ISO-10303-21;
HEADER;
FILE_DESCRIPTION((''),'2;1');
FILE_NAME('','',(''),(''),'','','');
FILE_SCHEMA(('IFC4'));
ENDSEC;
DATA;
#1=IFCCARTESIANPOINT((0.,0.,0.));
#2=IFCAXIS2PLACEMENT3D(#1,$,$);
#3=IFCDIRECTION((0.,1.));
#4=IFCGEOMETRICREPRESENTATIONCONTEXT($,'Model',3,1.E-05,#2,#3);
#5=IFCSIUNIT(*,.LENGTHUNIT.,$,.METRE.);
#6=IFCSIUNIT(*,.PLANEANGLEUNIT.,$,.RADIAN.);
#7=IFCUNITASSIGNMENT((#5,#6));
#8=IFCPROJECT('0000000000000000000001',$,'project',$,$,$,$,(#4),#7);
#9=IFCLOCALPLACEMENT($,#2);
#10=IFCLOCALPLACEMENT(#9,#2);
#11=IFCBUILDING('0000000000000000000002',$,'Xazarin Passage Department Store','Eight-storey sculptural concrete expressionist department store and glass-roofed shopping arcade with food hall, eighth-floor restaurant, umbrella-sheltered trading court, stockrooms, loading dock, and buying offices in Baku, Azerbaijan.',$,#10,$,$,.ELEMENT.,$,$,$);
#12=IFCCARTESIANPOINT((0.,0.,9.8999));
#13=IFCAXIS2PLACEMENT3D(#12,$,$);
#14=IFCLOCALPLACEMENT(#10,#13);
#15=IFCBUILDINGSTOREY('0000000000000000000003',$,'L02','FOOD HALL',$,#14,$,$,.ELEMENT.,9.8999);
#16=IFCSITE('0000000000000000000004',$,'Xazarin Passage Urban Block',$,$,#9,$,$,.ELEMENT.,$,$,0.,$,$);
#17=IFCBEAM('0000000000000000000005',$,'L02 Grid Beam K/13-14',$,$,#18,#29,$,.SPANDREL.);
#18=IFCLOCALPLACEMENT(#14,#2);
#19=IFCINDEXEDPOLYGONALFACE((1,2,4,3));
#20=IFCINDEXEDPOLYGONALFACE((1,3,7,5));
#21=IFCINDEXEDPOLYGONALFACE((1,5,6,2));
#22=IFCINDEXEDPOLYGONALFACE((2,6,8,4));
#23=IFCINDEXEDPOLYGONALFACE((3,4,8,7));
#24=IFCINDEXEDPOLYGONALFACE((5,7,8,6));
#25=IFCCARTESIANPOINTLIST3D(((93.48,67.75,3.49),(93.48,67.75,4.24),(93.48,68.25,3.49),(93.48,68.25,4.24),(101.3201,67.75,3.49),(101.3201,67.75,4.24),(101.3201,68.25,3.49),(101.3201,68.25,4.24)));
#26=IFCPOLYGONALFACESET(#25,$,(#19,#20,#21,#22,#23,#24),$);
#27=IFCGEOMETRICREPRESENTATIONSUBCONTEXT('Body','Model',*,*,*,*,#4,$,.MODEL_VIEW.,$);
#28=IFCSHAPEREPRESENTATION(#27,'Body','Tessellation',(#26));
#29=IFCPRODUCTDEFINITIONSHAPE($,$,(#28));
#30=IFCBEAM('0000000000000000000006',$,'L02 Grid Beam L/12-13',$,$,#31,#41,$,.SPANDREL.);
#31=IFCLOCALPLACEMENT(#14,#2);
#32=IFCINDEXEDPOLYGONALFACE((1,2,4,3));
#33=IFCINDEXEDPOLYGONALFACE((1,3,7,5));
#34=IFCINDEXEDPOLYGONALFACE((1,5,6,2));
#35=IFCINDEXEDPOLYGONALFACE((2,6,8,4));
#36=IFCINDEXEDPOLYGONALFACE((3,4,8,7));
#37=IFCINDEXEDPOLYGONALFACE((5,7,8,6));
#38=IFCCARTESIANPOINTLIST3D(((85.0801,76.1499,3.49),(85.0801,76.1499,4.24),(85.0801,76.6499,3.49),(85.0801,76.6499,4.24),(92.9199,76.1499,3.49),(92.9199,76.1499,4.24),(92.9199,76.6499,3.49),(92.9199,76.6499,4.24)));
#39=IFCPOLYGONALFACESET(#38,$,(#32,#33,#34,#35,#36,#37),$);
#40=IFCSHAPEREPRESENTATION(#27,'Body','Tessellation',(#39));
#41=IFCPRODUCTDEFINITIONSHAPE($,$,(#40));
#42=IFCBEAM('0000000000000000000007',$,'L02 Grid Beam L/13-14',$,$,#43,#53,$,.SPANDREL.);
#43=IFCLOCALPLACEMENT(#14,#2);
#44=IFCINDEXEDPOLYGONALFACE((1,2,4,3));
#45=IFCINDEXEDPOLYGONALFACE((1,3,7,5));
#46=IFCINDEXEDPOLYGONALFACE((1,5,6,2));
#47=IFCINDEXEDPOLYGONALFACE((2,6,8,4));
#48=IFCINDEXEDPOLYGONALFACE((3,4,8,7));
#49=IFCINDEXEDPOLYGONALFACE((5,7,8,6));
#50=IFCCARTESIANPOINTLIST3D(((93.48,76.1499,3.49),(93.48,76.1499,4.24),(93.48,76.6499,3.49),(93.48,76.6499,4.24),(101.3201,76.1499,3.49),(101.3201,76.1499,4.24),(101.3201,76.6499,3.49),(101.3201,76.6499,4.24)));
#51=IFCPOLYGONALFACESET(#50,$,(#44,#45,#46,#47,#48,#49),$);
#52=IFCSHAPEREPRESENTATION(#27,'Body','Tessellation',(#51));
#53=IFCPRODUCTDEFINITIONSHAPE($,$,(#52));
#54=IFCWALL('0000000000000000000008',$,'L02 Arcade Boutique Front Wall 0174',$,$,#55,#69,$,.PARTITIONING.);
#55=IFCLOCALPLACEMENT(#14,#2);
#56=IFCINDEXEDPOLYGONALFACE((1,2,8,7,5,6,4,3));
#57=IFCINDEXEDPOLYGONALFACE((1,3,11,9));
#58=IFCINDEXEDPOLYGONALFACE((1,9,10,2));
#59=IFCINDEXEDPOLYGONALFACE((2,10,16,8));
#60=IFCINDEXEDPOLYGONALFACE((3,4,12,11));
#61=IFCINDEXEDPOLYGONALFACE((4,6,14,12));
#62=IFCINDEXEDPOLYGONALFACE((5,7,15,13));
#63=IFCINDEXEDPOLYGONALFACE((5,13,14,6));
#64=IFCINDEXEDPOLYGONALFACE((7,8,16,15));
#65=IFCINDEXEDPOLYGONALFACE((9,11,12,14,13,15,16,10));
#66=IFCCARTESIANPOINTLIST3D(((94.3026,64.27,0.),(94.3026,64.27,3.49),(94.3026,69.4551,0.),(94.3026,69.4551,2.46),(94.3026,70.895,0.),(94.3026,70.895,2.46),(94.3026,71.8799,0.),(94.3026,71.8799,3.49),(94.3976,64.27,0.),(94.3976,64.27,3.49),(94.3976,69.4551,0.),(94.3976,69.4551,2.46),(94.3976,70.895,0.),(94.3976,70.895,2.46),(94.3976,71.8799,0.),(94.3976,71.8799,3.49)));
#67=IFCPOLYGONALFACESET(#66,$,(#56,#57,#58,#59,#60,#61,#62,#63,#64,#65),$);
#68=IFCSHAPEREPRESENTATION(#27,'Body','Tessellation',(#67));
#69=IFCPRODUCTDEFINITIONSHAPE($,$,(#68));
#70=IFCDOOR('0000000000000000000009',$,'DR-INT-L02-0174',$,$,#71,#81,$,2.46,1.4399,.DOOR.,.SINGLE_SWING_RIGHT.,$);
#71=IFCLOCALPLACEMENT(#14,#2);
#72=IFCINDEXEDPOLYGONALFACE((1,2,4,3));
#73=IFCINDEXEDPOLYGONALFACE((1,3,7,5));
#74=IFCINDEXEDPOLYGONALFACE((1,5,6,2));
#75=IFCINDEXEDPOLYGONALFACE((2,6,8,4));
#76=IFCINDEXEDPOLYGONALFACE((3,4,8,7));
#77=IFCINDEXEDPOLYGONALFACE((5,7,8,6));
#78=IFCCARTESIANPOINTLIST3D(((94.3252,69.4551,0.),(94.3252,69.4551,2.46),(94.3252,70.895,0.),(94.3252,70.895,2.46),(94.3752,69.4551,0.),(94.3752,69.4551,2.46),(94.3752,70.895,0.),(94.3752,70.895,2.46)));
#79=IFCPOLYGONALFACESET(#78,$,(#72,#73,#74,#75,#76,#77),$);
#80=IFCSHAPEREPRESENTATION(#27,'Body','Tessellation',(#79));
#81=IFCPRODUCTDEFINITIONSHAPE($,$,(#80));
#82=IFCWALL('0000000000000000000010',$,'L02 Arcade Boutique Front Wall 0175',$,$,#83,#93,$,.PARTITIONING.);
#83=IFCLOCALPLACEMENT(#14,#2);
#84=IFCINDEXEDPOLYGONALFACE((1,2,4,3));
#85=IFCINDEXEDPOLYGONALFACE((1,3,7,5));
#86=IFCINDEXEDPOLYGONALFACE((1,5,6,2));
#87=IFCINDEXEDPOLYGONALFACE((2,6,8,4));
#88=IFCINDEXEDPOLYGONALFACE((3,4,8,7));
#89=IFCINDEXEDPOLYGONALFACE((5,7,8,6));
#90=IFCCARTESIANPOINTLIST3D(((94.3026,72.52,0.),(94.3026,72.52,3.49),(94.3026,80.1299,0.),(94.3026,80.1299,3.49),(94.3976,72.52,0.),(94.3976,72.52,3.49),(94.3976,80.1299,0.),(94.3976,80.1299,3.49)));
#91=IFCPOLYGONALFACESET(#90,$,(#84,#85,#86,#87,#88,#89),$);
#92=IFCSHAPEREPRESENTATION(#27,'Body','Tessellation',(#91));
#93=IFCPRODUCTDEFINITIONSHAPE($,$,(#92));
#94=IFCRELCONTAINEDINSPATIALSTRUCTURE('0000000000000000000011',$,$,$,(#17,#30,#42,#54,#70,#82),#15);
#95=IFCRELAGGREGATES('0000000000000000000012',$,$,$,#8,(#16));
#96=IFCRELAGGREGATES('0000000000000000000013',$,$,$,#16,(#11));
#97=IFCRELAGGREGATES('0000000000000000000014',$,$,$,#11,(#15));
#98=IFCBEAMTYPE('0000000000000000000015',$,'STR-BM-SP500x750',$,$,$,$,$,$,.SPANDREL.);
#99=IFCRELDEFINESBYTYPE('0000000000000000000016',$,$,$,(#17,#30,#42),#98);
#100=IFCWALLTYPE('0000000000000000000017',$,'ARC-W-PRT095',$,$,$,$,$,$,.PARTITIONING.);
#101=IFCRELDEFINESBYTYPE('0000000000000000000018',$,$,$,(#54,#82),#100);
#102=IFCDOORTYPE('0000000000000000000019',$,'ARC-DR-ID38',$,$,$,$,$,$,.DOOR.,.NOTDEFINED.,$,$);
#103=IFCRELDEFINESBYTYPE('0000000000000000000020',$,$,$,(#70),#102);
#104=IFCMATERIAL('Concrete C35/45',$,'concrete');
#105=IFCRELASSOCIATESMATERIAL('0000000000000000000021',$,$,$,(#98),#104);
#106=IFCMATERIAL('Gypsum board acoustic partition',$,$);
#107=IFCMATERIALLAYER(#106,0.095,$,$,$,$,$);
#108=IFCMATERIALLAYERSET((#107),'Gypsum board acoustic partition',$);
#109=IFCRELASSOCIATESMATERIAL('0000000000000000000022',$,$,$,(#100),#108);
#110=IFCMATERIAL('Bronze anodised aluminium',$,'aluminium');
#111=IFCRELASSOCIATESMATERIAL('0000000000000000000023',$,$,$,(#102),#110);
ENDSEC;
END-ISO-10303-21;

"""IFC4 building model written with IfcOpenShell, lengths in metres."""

from ifc_helpers import new_model, si_unit, direction, frame, frame_2d, origin, origin_2d, place, context, subcontext, project, spatial, rectangle, extrude, material, layer, layer_set, material_profile, profile_set, type_object, element, fill, save


model = new_model("IFC4")

# Units and contexts
model_context = context("Model", 3, precision=1e-05, world=origin(), true_north=direction((0.0, 1.0)))
body_context = subcontext(model_context, "Body", "Model", "MODEL_VIEW")
ifc_project = project(units=[si_unit("LENGTHUNIT", "METRE"), si_unit("PLANEANGLEUNIT", "RADIAN")], contexts=[model_context])

# Site, building, storey
site_placement = place(None, origin())
site = spatial("IfcSite", under=ifc_project, at=site_placement, Name="Xazarin Passage Urban Block", CompositionType="ELEMENT", RefElevation=0.0)
building_placement = place(site_placement, origin())
building = spatial("IfcBuilding", under=site, at=building_placement, Name="Xazarin Passage Department Store", Description="Eight-storey sculptural concrete expressionist department store and glass-roofed shopping arcade with food hall, eighth-floor restaurant, umbrella-sheltered trading court, stockrooms, loading dock, and buying offices in Baku, Azerbaijan.", CompositionType="ELEMENT")
storey_placement = place(building_placement, frame((0.0, 0.0, 9.8999)))
storey = spatial("IfcBuildingStorey", under=building, at=storey_placement, Name="L02", Description="FOOD HALL", CompositionType="ELEMENT", Elevation=9.8999)

# Beams
ifc_material_1 = material(Name="Concrete C35/45", Category="concrete")
ifc_material_profile_1 = material_profile(ifc_material_1, rectangle(XDim=0.5, YDim=0.75, at=origin_2d()), Name="RC 500x750")
ifc_profile_set_1 = profile_set([ifc_material_profile_1], Name="Concrete C35/45")
beam_type_1 = type_object("IfcBeamType", Name="STR-BM-SP500x750", PredefinedType="SPANDREL", material=ifc_profile_set_1)
beam_1_placement = place(storey_placement, frame((93.48, 68.0, 3.865), z_axis=(1.0, 0.0, 0.0), x_axis=(0.0, 1.0, 0.0)))
element("IfcBeam", 1, at=beam_1_placement, inside=storey, type_object=beam_type_1, Name="L02 Grid Beam K/13-14", PredefinedType="SPANDREL", context=body_context, shape_type="SweptSolid", body=[
    extrude(rectangle(XDim=0.5, YDim=0.75, at=origin_2d()), origin(), (0.0, 0.0, 1.0), 7.8401),
])
beam_2_placement = place(storey_placement, frame((85.0801, 76.3999, 3.865), z_axis=(1.0, 0.0, 0.0), x_axis=(0.0, 1.0, 0.0)))
element("IfcBeam", 2, at=beam_2_placement, inside=storey, type_object=beam_type_1, Name="L02 Grid Beam L/12-13", PredefinedType="SPANDREL", context=body_context, shape_type="SweptSolid", body=[
    extrude(rectangle(XDim=0.5, YDim=0.75, at=origin_2d()), origin(), (0.0, 0.0, 1.0), 7.8398),
])
beam_3_placement = place(storey_placement, frame((93.48, 76.3999, 3.865), z_axis=(1.0, 0.0, 0.0), x_axis=(0.0, 1.0, 0.0)))
element("IfcBeam", 3, at=beam_3_placement, inside=storey, type_object=beam_type_1, Name="L02 Grid Beam L/13-14", PredefinedType="SPANDREL", context=body_context, shape_type="SweptSolid", body=[
    extrude(rectangle(XDim=0.5, YDim=0.75, at=origin_2d()), origin(), (0.0, 0.0, 1.0), 7.8401),
])

# Wall, opening, door
ifc_material_2 = material(Name="Gypsum board acoustic partition")
ifc_layer = layer(ifc_material_2, 0.095)
ifc_layer_set = layer_set([ifc_layer], Name="Gypsum board acoustic partition")
wall_type = type_object("IfcWallType", Name="ARC-W-PRT095", PredefinedType="PARTITIONING", material=ifc_layer_set)
wall_1_placement = place(storey_placement, frame((94.3501, 64.27, 0.0), z_axis=(0.0, 0.0, 1.0), x_axis=(0.0, 1.0, 0.0)))
wall_1 = element("IfcWall", 4, at=wall_1_placement, inside=storey, type_object=wall_type, Name="L02 Arcade Boutique Front Wall 0174", PredefinedType="PARTITIONING", context=body_context, shape_type="SweptSolid", body=[
    extrude(rectangle(XDim=7.6099, YDim=0.095, at=frame_2d((3.8049, 0.0))), origin(), (0.0, 0.0, 1.0), 3.49),
])
opening_placement = place(wall_1_placement, frame((5.1851, 0.0, 0.0)))
opening = element("IfcOpeningElement", 5, at=opening_placement, cuts=wall_1, PredefinedType="OPENING", context=body_context, shape_type="SweptSolid", body=[
    extrude(rectangle(XDim=1.4399, YDim=2.46, at=frame_2d((0.72, 1.23))), frame((0.0, 0.0574, 0.0), z_axis=(0.0, -1.0, 0.0), x_axis=(1.0, 0.0, 0.0)), (0.0, 0.0, 1.0), 0.115),
])
ifc_material_3 = material(Name="Bronze anodised aluminium", Category="aluminium")
door_type = type_object("IfcDoorType", Name="ARC-DR-ID38", OperationType="NOTDEFINED", PredefinedType="DOOR", material=ifc_material_3)
door_placement = place(opening_placement, origin())
door = element("IfcDoor", 6, at=door_placement, inside=storey, type_object=door_type, Name="DR-INT-L02-0174", OperationType="SINGLE_SWING_RIGHT", OverallHeight=2.46, OverallWidth=1.4399, PredefinedType="DOOR", context=body_context, shape_type="SweptSolid", body=[
    extrude(rectangle(XDim=1.4399, YDim=2.46, at=frame_2d((0.72, 1.23))), frame((0.0, 0.0249, 0.0), z_axis=(0.0, -1.0, 0.0), x_axis=(1.0, 0.0, 0.0)), (0.0, 0.0, 1.0), 0.05),
])
fill(opening, door)

# Wall
wall_2_placement = place(storey_placement, frame((94.3501, 72.52, 0.0), z_axis=(0.0, 0.0, 1.0), x_axis=(0.0, 1.0, 0.0)))
element("IfcWall", 7, at=wall_2_placement, inside=storey, type_object=wall_type, Name="L02 Arcade Boutique Front Wall 0175", PredefinedType="PARTITIONING", context=body_context, shape_type="SweptSolid", body=[
    extrude(rectangle(XDim=7.6099, YDim=0.095, at=frame_2d((3.8049, 0.0))), origin(), (0.0, 0.0, 1.0), 3.49),
])

save(model, "model.ifc")
